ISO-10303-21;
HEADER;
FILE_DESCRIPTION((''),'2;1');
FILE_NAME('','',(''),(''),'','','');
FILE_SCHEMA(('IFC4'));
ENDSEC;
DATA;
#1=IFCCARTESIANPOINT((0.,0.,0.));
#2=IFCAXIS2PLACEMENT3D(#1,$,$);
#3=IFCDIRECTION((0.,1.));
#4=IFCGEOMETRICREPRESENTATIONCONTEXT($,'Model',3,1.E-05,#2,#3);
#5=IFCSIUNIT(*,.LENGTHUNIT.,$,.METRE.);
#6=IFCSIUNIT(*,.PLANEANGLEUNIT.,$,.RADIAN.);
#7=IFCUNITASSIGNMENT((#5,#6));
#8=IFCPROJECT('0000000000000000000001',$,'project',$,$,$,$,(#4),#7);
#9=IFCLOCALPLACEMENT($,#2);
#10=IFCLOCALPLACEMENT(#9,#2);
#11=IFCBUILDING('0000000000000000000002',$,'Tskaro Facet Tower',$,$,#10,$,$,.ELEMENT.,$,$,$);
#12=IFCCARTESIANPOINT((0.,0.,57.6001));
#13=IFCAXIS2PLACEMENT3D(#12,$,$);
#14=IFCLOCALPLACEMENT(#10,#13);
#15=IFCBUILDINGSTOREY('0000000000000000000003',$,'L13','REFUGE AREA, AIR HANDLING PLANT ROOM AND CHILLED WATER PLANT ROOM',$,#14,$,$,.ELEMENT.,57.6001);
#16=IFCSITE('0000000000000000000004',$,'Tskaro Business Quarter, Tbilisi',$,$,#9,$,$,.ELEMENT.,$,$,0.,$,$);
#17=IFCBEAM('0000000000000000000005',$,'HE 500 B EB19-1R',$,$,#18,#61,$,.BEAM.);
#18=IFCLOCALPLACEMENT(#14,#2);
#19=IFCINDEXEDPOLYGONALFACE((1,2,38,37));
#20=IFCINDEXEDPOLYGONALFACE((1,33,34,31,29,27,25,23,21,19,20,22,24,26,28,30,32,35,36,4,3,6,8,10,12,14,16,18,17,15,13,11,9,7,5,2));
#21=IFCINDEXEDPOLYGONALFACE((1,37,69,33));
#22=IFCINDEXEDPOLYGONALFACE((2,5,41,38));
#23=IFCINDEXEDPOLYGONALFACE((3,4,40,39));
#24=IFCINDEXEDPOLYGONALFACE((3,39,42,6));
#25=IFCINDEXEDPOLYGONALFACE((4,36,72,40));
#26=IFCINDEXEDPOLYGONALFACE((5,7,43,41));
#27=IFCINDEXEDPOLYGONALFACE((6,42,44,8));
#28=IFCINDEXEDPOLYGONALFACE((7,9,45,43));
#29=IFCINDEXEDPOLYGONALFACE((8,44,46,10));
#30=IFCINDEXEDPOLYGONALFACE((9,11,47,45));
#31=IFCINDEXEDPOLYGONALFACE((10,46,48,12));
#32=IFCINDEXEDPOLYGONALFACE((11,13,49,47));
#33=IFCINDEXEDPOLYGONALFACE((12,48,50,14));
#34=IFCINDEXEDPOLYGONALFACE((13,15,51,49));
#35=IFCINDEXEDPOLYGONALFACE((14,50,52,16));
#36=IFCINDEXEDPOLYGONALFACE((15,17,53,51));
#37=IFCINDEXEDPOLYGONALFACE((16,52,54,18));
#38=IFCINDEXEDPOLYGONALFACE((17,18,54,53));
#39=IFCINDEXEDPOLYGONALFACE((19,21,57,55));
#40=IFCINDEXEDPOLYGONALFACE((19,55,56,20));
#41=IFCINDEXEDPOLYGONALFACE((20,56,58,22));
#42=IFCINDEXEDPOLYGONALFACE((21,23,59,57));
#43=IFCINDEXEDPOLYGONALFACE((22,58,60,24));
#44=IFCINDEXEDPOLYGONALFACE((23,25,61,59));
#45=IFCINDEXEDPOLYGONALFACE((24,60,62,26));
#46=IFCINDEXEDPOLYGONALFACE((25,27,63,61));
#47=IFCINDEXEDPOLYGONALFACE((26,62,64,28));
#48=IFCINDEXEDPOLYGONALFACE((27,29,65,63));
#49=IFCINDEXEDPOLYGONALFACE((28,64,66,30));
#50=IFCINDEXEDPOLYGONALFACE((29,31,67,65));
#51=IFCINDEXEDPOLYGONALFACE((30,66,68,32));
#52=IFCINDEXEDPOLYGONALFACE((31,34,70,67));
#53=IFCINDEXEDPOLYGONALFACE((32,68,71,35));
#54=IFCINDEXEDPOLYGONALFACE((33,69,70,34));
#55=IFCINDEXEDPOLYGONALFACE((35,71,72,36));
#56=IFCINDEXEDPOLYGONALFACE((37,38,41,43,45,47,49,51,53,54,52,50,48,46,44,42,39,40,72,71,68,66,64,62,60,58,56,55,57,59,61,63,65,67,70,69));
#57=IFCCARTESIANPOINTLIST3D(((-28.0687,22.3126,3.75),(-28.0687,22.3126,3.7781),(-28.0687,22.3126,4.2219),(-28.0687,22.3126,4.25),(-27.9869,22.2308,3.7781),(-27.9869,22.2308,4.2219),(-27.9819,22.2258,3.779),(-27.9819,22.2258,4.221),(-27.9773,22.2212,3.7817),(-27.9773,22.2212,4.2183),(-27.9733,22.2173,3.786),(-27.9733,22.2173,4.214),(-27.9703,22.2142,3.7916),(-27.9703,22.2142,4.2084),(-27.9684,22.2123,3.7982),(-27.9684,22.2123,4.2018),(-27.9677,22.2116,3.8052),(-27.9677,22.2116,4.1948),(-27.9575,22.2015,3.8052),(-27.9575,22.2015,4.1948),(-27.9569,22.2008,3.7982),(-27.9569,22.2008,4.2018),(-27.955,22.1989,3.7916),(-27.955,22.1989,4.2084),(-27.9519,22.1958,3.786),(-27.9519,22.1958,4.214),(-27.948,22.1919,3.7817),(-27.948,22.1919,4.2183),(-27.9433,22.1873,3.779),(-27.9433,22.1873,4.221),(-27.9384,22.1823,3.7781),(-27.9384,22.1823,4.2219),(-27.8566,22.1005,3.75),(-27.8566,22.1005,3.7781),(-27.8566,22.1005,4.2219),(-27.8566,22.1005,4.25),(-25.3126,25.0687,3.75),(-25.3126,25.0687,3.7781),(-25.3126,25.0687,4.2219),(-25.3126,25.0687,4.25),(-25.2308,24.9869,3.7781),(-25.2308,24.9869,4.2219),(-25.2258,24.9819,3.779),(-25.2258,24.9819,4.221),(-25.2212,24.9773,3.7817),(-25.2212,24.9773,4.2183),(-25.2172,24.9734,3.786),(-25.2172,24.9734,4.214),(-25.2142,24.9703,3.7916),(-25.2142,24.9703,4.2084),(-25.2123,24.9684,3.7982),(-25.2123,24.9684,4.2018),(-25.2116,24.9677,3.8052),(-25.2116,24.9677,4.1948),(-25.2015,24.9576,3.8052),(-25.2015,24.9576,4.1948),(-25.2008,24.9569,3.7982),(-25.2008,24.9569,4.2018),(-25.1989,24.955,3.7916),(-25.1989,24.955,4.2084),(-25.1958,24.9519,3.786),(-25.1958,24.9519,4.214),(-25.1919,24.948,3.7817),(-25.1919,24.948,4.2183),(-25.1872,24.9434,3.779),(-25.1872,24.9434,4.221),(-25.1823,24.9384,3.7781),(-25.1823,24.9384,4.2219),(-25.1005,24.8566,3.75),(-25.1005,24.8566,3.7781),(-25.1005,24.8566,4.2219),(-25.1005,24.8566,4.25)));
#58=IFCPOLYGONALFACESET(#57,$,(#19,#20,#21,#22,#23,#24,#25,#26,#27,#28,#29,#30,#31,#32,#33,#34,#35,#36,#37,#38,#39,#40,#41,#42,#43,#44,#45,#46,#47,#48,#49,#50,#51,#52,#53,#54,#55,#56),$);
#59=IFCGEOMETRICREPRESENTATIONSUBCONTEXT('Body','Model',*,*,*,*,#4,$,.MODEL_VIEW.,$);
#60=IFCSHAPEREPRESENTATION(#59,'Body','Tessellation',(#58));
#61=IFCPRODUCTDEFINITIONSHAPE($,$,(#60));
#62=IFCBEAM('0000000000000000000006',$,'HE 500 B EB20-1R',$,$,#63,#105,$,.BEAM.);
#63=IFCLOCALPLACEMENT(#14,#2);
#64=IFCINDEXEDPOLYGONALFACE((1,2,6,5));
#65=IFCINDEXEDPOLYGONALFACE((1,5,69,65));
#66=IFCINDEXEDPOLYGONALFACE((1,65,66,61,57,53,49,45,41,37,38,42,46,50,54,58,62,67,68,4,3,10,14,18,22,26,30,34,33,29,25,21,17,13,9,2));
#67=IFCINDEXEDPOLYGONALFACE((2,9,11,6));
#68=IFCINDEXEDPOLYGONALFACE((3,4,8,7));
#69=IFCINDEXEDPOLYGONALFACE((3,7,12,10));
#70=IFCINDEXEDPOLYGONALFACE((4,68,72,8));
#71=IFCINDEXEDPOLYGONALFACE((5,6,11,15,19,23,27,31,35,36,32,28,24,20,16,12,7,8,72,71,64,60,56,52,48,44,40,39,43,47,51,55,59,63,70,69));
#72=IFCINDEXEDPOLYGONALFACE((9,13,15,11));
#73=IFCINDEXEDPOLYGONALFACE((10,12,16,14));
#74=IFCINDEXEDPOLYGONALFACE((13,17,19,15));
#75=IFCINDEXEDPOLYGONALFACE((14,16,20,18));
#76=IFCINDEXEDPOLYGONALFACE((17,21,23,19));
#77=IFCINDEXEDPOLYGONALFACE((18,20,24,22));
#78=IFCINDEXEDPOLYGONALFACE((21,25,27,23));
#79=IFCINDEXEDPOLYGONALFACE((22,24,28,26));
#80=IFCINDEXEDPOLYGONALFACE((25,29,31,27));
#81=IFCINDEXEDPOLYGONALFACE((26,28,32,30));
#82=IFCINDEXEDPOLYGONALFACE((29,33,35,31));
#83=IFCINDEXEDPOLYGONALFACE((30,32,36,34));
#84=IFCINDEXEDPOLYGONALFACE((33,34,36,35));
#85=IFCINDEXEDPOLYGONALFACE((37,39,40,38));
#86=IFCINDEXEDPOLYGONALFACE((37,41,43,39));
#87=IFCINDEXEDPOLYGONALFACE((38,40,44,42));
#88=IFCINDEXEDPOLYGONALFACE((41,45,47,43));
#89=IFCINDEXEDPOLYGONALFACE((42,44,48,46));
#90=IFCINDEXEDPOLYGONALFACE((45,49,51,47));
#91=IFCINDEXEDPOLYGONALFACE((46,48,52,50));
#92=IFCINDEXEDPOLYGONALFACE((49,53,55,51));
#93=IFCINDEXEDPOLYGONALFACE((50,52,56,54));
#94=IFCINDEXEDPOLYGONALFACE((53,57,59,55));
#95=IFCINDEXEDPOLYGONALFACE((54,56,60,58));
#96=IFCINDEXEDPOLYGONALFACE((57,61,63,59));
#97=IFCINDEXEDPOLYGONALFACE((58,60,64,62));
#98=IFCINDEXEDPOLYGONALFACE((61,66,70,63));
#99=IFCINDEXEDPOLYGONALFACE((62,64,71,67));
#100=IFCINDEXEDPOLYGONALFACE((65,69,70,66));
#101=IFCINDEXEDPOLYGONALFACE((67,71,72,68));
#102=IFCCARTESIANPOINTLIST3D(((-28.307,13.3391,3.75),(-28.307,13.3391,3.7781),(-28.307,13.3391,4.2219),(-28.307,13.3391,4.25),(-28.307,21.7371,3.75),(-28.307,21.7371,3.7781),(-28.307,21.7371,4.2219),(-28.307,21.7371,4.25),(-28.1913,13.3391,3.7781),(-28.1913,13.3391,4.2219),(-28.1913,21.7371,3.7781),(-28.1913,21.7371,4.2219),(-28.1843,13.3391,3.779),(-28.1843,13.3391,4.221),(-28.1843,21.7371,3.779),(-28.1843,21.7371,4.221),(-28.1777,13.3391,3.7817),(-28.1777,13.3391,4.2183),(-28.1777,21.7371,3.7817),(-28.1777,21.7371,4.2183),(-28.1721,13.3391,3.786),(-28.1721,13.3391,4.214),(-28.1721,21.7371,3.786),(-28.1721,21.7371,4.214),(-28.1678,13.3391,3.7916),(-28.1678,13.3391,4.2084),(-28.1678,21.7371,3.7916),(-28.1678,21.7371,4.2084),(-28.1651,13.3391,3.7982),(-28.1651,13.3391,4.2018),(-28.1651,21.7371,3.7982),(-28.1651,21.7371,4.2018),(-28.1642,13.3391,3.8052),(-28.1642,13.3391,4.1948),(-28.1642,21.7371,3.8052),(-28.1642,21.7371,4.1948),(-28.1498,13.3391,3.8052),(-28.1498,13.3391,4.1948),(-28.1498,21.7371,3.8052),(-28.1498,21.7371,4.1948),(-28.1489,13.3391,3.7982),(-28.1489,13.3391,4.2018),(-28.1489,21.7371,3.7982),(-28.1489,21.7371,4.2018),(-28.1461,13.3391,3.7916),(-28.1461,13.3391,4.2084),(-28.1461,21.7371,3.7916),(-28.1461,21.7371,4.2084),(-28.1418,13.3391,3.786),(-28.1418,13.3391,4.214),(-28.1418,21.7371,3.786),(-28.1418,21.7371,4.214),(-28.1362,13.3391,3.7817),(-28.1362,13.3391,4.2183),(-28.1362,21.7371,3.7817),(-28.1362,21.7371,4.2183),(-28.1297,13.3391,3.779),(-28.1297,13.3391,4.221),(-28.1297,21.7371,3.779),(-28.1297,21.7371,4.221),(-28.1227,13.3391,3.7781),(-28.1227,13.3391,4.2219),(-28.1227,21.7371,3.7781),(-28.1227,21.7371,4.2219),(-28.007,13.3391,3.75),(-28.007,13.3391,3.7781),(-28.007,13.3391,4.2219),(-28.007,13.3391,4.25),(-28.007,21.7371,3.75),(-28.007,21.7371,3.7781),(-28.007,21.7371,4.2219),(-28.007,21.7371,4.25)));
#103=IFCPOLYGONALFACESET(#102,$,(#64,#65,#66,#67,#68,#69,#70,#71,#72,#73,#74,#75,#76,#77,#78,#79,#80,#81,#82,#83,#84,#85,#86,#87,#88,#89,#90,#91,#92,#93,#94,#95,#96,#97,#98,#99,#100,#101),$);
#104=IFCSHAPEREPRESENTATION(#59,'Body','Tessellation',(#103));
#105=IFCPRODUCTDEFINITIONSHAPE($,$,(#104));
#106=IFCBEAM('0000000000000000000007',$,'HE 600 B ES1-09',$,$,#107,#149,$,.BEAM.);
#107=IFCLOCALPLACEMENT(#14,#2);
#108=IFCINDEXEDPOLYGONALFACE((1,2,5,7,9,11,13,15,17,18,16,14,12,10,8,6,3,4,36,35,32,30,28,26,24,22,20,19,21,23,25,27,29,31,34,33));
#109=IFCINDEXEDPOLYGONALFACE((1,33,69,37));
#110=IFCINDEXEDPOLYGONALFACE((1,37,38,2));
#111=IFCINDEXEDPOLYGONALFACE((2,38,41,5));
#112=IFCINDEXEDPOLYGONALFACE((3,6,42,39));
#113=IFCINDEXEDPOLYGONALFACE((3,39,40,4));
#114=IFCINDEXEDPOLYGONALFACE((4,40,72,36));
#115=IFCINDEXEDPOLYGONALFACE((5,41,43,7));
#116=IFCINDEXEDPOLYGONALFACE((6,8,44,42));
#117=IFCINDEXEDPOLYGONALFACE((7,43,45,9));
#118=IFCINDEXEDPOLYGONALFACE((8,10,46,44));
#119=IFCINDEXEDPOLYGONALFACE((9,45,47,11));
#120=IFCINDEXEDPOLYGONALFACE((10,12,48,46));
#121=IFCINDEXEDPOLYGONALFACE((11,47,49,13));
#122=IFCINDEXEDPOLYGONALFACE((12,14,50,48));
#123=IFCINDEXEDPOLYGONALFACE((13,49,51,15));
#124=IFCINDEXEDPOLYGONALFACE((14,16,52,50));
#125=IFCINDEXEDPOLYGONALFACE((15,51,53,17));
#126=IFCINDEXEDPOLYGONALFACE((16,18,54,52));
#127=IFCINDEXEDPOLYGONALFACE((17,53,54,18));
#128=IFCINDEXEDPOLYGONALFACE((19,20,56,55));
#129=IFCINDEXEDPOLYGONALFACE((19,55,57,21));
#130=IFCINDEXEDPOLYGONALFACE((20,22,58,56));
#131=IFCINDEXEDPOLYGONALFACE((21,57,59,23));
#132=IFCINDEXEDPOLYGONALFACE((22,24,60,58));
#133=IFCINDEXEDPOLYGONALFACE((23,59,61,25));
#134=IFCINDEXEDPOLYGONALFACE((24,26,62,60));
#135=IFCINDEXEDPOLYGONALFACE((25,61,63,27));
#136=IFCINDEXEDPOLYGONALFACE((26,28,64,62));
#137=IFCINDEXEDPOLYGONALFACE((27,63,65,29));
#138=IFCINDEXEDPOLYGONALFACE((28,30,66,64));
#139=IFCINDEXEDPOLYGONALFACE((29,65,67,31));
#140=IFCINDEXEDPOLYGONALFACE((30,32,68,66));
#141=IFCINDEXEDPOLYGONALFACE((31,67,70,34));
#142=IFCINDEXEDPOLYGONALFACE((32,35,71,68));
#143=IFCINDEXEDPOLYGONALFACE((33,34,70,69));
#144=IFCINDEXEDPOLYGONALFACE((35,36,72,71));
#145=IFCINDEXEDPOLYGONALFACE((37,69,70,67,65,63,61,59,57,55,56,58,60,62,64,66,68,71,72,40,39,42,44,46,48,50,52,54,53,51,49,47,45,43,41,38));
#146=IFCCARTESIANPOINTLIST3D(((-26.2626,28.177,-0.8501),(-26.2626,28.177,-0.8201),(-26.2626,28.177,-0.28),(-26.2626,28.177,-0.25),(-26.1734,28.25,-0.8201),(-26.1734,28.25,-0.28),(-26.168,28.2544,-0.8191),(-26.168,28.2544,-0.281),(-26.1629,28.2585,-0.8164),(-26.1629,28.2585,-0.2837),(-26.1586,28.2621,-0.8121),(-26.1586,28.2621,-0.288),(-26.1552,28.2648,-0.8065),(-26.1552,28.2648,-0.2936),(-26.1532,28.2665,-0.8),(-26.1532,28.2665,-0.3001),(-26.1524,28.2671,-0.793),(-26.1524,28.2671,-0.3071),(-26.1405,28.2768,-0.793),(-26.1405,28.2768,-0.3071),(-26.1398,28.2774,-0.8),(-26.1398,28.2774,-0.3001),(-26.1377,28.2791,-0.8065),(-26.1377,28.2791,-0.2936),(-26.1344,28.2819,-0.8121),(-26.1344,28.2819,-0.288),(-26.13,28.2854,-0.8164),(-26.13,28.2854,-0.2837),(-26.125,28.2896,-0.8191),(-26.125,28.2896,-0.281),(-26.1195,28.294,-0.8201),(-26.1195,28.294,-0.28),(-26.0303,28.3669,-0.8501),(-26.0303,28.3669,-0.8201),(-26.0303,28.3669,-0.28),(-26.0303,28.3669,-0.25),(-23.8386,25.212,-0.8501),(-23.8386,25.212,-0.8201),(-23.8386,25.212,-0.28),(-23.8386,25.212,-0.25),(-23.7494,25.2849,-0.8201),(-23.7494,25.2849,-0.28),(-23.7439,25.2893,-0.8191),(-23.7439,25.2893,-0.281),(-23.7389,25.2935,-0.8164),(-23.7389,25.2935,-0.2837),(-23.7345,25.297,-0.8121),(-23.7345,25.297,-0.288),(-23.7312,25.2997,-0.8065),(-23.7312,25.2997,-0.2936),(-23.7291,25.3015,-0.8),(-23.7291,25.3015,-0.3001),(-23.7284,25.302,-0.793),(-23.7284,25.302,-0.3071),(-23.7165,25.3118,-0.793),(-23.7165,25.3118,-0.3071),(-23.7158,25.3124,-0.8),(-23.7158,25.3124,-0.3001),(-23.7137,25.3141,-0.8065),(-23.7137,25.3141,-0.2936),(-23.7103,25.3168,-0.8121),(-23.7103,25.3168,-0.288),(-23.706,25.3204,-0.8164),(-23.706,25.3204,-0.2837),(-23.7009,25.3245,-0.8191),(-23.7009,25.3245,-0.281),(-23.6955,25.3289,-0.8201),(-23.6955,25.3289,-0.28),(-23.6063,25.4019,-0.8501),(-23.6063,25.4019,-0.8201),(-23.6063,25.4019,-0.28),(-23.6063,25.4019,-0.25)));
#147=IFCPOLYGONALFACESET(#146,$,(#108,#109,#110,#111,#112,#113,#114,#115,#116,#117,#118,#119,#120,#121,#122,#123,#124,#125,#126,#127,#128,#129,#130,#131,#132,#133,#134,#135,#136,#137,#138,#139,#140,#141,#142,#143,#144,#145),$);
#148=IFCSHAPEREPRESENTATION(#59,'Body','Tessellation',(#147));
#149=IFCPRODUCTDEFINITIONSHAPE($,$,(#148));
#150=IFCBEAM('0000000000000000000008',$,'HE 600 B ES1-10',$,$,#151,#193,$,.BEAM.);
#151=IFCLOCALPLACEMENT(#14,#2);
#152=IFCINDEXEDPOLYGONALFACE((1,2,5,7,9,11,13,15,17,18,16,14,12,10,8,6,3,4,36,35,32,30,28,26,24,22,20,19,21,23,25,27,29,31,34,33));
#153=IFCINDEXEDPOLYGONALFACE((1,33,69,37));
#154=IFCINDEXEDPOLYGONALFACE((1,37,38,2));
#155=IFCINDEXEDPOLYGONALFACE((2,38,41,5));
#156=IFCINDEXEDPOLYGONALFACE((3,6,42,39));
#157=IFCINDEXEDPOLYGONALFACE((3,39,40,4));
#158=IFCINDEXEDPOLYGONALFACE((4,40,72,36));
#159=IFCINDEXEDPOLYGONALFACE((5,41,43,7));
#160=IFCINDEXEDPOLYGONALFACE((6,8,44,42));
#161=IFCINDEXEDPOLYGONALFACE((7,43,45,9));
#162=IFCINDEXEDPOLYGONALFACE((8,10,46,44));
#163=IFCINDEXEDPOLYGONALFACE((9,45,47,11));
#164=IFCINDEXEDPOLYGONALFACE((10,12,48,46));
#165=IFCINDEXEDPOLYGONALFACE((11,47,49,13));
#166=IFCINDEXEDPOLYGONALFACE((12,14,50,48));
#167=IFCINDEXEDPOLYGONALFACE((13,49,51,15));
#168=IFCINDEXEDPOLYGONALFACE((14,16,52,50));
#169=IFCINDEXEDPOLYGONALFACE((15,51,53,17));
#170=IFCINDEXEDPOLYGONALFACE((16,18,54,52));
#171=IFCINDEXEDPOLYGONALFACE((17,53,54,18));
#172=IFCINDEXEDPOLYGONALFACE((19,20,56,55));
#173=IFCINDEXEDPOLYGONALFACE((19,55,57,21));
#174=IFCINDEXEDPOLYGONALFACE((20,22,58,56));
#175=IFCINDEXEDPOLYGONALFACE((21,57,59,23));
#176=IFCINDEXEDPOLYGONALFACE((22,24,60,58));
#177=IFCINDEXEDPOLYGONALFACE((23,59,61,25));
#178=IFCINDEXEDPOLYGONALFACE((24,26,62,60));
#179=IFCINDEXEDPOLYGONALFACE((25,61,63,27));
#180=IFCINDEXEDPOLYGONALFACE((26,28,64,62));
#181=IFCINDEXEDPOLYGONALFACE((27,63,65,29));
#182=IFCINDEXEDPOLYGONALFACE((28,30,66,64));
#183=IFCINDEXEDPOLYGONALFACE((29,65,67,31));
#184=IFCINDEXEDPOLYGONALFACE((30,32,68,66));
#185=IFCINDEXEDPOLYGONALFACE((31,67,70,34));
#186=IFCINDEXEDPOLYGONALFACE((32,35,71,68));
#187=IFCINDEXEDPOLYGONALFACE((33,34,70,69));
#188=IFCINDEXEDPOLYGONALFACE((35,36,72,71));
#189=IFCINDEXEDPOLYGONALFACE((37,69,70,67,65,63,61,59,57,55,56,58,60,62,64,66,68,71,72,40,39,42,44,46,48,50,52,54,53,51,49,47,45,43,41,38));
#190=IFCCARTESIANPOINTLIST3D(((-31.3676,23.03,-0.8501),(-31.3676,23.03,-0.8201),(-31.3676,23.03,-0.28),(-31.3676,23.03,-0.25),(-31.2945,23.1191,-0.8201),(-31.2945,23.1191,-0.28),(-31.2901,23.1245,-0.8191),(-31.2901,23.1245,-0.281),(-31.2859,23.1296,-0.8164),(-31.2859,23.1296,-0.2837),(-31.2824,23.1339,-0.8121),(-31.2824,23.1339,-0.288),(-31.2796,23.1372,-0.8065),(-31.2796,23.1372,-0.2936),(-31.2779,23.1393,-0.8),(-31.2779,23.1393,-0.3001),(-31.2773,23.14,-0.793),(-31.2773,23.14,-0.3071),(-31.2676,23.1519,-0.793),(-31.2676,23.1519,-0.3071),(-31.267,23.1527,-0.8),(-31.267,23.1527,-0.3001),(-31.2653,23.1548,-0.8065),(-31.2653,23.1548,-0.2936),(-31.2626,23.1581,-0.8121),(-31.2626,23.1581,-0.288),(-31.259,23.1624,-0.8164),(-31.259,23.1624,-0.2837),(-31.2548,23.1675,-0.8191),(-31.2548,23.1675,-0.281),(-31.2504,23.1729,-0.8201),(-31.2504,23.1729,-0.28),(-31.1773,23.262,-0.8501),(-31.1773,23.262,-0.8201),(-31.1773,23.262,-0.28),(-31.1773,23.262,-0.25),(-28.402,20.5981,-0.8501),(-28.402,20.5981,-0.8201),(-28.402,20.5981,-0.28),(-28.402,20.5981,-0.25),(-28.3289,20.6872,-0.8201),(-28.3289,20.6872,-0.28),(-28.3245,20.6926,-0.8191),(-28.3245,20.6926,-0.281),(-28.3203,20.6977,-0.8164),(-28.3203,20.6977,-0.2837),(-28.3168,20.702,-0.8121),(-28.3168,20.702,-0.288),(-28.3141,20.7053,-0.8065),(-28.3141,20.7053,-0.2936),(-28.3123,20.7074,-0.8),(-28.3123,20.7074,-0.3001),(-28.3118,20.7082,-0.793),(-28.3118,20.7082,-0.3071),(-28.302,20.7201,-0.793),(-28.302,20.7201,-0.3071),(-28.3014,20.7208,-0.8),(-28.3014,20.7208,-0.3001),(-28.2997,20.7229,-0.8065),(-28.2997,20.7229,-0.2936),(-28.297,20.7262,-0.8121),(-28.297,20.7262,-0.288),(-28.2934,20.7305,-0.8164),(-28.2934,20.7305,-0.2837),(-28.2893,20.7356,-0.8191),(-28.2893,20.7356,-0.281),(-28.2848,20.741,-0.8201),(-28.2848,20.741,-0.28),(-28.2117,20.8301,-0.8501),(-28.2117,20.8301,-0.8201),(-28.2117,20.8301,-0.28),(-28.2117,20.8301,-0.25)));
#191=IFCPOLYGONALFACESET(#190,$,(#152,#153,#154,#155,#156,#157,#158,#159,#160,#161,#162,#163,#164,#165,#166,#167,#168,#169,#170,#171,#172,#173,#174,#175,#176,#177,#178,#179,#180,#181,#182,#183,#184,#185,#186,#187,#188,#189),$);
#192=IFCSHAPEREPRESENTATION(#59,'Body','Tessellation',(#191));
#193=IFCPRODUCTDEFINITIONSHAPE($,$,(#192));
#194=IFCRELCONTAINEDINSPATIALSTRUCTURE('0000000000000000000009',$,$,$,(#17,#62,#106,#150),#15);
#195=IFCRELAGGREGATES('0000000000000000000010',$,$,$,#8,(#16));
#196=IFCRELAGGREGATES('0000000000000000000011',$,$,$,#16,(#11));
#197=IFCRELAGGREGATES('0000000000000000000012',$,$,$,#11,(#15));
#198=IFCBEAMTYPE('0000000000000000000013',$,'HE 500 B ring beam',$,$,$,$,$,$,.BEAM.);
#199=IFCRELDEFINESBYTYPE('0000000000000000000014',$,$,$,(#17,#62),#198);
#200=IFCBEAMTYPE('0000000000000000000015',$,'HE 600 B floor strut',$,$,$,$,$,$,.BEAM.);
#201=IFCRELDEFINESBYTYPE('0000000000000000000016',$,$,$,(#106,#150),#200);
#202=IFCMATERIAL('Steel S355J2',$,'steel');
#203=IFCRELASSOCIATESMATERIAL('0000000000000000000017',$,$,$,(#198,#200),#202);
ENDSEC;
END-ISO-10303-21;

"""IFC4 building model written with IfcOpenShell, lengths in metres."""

from ifc_helpers import new_model, si_unit, direction, frame, origin, origin_2d, place, context, subcontext, project, spatial, i_section, extrude, material, material_profile, profile_set, type_object, element, save


model = new_model("IFC4")

# Units and contexts
model_context = context("Model", 3, precision=1e-05, world=origin(), true_north=direction((0.0, 1.0)))
body_context = subcontext(model_context, "Body", "Model", "MODEL_VIEW")
ifc_project = project(units=[si_unit("LENGTHUNIT", "METRE"), si_unit("PLANEANGLEUNIT", "RADIAN")], contexts=[model_context])

# Site, building, storey
site_placement = place(None, origin())
site = spatial("IfcSite", under=ifc_project, at=site_placement, Name="Tskaro Business Quarter, Tbilisi", CompositionType="ELEMENT", RefElevation=0.0)
building_placement = place(site_placement, origin())
building = spatial("IfcBuilding", under=site, at=building_placement, Name="Tskaro Facet Tower", CompositionType="ELEMENT")
storey_placement = place(building_placement, frame((0.0, 0.0, 57.6001)))
storey = spatial("IfcBuildingStorey", under=building, at=storey_placement, Name="L13", Description="REFUGE AREA, AIR HANDLING PLANT ROOM AND CHILLED WATER PLANT ROOM", CompositionType="ELEMENT", Elevation=57.6001)

# Shared definitions
ifc_material_1 = material(Name="Steel S355J2", Category="steel")

# Beams
ifc_material_profile_1 = material_profile(ifc_material_1, i_section(OverallWidth=0.3, OverallDepth=0.5, WebThickness=0.0144, FlangeThickness=0.0281, FilletRadius=0.0271, at=origin_2d()), Name="HE 500 B")
ifc_profile_set_1 = profile_set([ifc_material_profile_1], Name="Steel S355J2")
beam_type_1 = type_object("IfcBeamType", Name="HE 500 B ring beam", PredefinedType="BEAM", material=ifc_profile_set_1)
beam_1_placement = place(storey_placement, frame((-25.2065, 24.9626, 4.0), z_axis=(-0.707107, -0.707107, 0.0), x_axis=(0.707107, -0.707107, 0.0)))
element("IfcBeam", 1, at=beam_1_placement, inside=storey, type_object=beam_type_1, Name="HE 500 B EB19-1R", PredefinedType="BEAM", context=body_context, shape_type="SweptSolid", body=[
    extrude(i_section(OverallWidth=0.3, OverallDepth=0.5, WebThickness=0.0144, FlangeThickness=0.0281, FilletRadius=0.0271, at=origin_2d()), origin(), (0.0, 0.0, 1.0), 3.8977),
])
beam_2_placement = place(storey_placement, frame((-28.157, 21.7371, 4.0), z_axis=(0.0, -1.0, 0.0), x_axis=(1.0, 0.0, 0.0)))
element("IfcBeam", 2, at=beam_2_placement, inside=storey, type_object=beam_type_1, Name="HE 500 B EB20-1R", PredefinedType="BEAM", context=body_context, shape_type="SweptSolid", body=[
    extrude(i_section(OverallWidth=0.3, OverallDepth=0.5, WebThickness=0.0144, FlangeThickness=0.0281, FilletRadius=0.0271, at=origin_2d()), origin(), (0.0, 0.0, 1.0), 8.3979),
])
ifc_material_profile_2 = material_profile(ifc_material_1, i_section(OverallWidth=0.3, OverallDepth=0.6001, WebThickness=0.0154, FlangeThickness=0.03, FilletRadius=0.0271, at=origin_2d()), Name="HE 600 B")
ifc_profile_set_2 = profile_set([ifc_material_profile_2], Name="Steel S355J2")
beam_type_2 = type_object("IfcBeamType", Name="HE 600 B floor strut", PredefinedType="BEAM", material=ifc_profile_set_2)
beam_3_placement = place(storey_placement, frame((-26.1465, 28.272, -0.55), z_axis=(0.632939, -0.774201, 0.0), x_axis=(0.774201, 0.632939, 0.0)))
element("IfcBeam", 3, at=beam_3_placement, inside=storey, type_object=beam_type_2, Name="HE 600 B ES1-09", PredefinedType="BEAM", context=body_context, shape_type="SweptSolid", body=[
    extrude(i_section(OverallWidth=0.3, OverallDepth=0.6001, WebThickness=0.0154, FlangeThickness=0.03, FilletRadius=0.0271, at=origin_2d()), origin(), (0.0, 0.0, 1.0), 3.8298),
])
beam_4_placement = place(storey_placement, frame((-31.2725, 23.146, -0.55), z_axis=(0.773253, -0.634097, 0.0), x_axis=(0.634097, 0.773253, 0.0)))
element("IfcBeam", 4, at=beam_4_placement, inside=storey, type_object=beam_type_2, Name="HE 600 B ES1-10", PredefinedType="BEAM", context=body_context, shape_type="SweptSolid", body=[
    extrude(i_section(OverallWidth=0.3, OverallDepth=0.6001, WebThickness=0.0154, FlangeThickness=0.03, FilletRadius=0.0271, at=origin_2d()), origin(), (0.0, 0.0, 1.0), 3.8352),
])

save(model, "model.ifc")
